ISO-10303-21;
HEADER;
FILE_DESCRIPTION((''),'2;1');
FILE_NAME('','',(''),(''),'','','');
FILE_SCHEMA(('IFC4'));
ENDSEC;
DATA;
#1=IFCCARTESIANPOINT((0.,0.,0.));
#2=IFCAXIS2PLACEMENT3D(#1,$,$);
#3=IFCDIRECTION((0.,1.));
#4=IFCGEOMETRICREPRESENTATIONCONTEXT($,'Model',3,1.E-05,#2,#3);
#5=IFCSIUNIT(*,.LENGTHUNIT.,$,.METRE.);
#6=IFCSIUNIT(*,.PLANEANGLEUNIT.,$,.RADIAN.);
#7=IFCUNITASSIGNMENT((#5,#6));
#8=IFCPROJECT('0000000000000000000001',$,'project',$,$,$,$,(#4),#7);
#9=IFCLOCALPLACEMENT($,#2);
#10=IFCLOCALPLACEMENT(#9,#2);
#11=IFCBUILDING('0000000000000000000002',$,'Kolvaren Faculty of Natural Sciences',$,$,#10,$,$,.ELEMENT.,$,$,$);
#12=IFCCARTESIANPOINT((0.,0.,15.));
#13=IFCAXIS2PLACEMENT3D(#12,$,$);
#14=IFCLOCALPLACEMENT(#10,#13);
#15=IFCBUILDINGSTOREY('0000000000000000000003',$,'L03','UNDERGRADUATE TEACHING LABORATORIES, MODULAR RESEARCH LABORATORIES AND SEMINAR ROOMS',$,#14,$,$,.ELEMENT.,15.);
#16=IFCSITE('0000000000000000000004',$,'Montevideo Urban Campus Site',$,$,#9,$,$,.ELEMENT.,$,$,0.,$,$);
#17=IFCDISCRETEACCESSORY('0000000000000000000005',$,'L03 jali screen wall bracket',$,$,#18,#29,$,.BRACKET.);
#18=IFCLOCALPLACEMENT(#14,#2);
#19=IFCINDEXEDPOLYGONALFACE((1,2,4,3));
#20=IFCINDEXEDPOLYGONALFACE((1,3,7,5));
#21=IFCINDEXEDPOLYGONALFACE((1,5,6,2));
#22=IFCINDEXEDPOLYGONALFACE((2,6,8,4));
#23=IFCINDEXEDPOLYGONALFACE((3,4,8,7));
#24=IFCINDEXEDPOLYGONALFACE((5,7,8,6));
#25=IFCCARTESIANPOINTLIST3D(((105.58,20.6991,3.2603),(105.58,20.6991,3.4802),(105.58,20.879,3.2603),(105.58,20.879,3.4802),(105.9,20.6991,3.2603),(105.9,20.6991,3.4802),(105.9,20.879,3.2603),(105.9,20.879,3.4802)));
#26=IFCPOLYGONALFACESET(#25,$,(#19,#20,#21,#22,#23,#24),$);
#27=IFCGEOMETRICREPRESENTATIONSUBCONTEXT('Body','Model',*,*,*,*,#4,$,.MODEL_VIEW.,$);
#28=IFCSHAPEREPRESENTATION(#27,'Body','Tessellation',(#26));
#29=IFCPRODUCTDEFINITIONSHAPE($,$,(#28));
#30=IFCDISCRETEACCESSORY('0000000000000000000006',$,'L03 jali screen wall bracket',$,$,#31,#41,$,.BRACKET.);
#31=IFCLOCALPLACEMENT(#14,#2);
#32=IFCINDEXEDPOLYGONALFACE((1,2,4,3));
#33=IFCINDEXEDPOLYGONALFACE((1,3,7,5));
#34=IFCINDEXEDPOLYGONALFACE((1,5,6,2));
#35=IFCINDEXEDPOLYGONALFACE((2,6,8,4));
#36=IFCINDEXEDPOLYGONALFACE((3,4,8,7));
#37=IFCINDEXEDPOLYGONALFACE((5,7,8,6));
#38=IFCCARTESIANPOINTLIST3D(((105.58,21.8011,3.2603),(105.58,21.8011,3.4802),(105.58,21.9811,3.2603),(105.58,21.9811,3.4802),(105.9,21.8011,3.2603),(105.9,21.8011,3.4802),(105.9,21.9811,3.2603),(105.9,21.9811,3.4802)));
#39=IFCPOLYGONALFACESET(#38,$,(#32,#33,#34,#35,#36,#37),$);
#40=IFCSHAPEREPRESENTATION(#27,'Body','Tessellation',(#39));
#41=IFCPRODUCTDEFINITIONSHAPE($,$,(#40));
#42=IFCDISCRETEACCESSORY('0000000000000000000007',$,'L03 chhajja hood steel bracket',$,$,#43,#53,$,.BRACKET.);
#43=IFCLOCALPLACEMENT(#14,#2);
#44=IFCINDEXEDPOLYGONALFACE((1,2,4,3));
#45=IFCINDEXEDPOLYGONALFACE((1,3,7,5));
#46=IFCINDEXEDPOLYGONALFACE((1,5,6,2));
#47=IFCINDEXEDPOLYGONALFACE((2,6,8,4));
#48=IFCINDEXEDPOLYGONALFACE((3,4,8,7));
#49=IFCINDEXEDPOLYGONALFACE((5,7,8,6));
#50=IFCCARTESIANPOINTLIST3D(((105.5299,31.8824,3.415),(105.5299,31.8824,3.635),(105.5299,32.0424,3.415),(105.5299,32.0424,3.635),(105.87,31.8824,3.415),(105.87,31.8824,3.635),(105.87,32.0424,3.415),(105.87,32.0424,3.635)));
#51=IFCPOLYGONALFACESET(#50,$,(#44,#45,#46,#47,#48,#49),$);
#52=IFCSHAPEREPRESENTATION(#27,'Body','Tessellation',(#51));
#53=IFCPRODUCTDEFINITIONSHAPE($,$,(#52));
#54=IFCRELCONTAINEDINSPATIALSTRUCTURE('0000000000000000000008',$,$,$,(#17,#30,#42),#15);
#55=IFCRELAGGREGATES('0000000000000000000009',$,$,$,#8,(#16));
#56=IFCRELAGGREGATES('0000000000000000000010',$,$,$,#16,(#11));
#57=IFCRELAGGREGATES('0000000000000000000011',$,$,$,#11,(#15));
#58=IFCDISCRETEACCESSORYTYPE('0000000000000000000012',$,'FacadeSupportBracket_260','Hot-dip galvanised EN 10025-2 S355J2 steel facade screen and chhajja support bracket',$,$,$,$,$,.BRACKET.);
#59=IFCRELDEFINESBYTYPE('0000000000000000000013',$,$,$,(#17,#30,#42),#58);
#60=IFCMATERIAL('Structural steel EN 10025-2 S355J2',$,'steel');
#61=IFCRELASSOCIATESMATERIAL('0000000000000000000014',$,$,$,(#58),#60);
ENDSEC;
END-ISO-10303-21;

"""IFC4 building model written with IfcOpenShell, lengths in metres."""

from ifc_helpers import new_model, si_unit, direction, frame, origin, origin_2d, place, context, subcontext, project, spatial, rectangle, extrude, material, type_object, element, save


model = new_model("IFC4")

# Units and contexts
model_context = context("Model", 3, precision=1e-05, world=origin(), true_north=direction((0.0, 1.0)))
body_context = subcontext(model_context, "Body", "Model", "MODEL_VIEW")
ifc_project = project(units=[si_unit("LENGTHUNIT", "METRE"), si_unit("PLANEANGLEUNIT", "RADIAN")], contexts=[model_context])

# Site, building, storey
site_placement = place(None, origin())
site = spatial("IfcSite", under=ifc_project, at=site_placement, Name="Montevideo Urban Campus Site", CompositionType="ELEMENT", RefElevation=0.0)
building_placement = place(site_placement, origin())
building = spatial("IfcBuilding", under=site, at=building_placement, Name="Kolvaren Faculty of Natural Sciences", CompositionType="ELEMENT")
storey_placement = place(building_placement, frame((0.0, 0.0, 15.0)))
storey = spatial("IfcBuildingStorey", under=building, at=storey_placement, Name="L03", Description="UNDERGRADUATE TEACHING LABORATORIES, MODULAR RESEARCH LABORATORIES AND SEMINAR ROOMS", CompositionType="ELEMENT", Elevation=15.0)

# Discrete accessories
ifc_material_1 = material(Name="Structural steel EN 10025-2 S355J2", Category="steel")
discrete_accessory_type = type_object("IfcDiscreteAccessoryType", Name="FacadeSupportBracket_260", Description="Hot-dip galvanised EN 10025-2 S355J2 steel facade screen and chhajja support bracket", PredefinedType="BRACKET", material=ifc_material_1)
for number, where, z_axis, x_axis, name in (
    (1, (105.74, 20.7891, 3.2603), (0.0, 0.0, 1.0), (0.0, 1.0, 0.0), "L03 jali screen wall bracket"),
    (2, (105.74, 21.8911, 3.2603), (0.0, 0.0, 1.0), (0.0, 1.0, 0.0), "L03 jali screen wall bracket"),
):
    element("IfcDiscreteAccessory", number, at=place(storey_placement, frame(where, z_axis=z_axis, x_axis=x_axis)), inside=storey, type_object=discrete_accessory_type, Name=name, PredefinedType="BRACKET", context=body_context, shape_type="SweptSolid", body=[
        extrude(rectangle(XDim=0.1799, YDim=0.3201, at=origin_2d()), origin(), (0.0, 0.0, 1.0), 0.22),
    ])
discrete_accessory_placement = place(storey_placement, frame((105.7, 31.9624, 3.415), z_axis=(0.0, 0.0, 1.0), x_axis=(0.0, 1.0, 0.0)))
element("IfcDiscreteAccessory", 3, at=discrete_accessory_placement, inside=storey, type_object=discrete_accessory_type, Name="L03 chhajja hood steel bracket", PredefinedType="BRACKET", context=body_context, shape_type="SweptSolid", body=[
    extrude(rectangle(XDim=0.1599, YDim=0.3401, at=origin_2d()), origin(), (0.0, 0.0, 1.0), 0.22),
])

save(model, "model.ifc")
